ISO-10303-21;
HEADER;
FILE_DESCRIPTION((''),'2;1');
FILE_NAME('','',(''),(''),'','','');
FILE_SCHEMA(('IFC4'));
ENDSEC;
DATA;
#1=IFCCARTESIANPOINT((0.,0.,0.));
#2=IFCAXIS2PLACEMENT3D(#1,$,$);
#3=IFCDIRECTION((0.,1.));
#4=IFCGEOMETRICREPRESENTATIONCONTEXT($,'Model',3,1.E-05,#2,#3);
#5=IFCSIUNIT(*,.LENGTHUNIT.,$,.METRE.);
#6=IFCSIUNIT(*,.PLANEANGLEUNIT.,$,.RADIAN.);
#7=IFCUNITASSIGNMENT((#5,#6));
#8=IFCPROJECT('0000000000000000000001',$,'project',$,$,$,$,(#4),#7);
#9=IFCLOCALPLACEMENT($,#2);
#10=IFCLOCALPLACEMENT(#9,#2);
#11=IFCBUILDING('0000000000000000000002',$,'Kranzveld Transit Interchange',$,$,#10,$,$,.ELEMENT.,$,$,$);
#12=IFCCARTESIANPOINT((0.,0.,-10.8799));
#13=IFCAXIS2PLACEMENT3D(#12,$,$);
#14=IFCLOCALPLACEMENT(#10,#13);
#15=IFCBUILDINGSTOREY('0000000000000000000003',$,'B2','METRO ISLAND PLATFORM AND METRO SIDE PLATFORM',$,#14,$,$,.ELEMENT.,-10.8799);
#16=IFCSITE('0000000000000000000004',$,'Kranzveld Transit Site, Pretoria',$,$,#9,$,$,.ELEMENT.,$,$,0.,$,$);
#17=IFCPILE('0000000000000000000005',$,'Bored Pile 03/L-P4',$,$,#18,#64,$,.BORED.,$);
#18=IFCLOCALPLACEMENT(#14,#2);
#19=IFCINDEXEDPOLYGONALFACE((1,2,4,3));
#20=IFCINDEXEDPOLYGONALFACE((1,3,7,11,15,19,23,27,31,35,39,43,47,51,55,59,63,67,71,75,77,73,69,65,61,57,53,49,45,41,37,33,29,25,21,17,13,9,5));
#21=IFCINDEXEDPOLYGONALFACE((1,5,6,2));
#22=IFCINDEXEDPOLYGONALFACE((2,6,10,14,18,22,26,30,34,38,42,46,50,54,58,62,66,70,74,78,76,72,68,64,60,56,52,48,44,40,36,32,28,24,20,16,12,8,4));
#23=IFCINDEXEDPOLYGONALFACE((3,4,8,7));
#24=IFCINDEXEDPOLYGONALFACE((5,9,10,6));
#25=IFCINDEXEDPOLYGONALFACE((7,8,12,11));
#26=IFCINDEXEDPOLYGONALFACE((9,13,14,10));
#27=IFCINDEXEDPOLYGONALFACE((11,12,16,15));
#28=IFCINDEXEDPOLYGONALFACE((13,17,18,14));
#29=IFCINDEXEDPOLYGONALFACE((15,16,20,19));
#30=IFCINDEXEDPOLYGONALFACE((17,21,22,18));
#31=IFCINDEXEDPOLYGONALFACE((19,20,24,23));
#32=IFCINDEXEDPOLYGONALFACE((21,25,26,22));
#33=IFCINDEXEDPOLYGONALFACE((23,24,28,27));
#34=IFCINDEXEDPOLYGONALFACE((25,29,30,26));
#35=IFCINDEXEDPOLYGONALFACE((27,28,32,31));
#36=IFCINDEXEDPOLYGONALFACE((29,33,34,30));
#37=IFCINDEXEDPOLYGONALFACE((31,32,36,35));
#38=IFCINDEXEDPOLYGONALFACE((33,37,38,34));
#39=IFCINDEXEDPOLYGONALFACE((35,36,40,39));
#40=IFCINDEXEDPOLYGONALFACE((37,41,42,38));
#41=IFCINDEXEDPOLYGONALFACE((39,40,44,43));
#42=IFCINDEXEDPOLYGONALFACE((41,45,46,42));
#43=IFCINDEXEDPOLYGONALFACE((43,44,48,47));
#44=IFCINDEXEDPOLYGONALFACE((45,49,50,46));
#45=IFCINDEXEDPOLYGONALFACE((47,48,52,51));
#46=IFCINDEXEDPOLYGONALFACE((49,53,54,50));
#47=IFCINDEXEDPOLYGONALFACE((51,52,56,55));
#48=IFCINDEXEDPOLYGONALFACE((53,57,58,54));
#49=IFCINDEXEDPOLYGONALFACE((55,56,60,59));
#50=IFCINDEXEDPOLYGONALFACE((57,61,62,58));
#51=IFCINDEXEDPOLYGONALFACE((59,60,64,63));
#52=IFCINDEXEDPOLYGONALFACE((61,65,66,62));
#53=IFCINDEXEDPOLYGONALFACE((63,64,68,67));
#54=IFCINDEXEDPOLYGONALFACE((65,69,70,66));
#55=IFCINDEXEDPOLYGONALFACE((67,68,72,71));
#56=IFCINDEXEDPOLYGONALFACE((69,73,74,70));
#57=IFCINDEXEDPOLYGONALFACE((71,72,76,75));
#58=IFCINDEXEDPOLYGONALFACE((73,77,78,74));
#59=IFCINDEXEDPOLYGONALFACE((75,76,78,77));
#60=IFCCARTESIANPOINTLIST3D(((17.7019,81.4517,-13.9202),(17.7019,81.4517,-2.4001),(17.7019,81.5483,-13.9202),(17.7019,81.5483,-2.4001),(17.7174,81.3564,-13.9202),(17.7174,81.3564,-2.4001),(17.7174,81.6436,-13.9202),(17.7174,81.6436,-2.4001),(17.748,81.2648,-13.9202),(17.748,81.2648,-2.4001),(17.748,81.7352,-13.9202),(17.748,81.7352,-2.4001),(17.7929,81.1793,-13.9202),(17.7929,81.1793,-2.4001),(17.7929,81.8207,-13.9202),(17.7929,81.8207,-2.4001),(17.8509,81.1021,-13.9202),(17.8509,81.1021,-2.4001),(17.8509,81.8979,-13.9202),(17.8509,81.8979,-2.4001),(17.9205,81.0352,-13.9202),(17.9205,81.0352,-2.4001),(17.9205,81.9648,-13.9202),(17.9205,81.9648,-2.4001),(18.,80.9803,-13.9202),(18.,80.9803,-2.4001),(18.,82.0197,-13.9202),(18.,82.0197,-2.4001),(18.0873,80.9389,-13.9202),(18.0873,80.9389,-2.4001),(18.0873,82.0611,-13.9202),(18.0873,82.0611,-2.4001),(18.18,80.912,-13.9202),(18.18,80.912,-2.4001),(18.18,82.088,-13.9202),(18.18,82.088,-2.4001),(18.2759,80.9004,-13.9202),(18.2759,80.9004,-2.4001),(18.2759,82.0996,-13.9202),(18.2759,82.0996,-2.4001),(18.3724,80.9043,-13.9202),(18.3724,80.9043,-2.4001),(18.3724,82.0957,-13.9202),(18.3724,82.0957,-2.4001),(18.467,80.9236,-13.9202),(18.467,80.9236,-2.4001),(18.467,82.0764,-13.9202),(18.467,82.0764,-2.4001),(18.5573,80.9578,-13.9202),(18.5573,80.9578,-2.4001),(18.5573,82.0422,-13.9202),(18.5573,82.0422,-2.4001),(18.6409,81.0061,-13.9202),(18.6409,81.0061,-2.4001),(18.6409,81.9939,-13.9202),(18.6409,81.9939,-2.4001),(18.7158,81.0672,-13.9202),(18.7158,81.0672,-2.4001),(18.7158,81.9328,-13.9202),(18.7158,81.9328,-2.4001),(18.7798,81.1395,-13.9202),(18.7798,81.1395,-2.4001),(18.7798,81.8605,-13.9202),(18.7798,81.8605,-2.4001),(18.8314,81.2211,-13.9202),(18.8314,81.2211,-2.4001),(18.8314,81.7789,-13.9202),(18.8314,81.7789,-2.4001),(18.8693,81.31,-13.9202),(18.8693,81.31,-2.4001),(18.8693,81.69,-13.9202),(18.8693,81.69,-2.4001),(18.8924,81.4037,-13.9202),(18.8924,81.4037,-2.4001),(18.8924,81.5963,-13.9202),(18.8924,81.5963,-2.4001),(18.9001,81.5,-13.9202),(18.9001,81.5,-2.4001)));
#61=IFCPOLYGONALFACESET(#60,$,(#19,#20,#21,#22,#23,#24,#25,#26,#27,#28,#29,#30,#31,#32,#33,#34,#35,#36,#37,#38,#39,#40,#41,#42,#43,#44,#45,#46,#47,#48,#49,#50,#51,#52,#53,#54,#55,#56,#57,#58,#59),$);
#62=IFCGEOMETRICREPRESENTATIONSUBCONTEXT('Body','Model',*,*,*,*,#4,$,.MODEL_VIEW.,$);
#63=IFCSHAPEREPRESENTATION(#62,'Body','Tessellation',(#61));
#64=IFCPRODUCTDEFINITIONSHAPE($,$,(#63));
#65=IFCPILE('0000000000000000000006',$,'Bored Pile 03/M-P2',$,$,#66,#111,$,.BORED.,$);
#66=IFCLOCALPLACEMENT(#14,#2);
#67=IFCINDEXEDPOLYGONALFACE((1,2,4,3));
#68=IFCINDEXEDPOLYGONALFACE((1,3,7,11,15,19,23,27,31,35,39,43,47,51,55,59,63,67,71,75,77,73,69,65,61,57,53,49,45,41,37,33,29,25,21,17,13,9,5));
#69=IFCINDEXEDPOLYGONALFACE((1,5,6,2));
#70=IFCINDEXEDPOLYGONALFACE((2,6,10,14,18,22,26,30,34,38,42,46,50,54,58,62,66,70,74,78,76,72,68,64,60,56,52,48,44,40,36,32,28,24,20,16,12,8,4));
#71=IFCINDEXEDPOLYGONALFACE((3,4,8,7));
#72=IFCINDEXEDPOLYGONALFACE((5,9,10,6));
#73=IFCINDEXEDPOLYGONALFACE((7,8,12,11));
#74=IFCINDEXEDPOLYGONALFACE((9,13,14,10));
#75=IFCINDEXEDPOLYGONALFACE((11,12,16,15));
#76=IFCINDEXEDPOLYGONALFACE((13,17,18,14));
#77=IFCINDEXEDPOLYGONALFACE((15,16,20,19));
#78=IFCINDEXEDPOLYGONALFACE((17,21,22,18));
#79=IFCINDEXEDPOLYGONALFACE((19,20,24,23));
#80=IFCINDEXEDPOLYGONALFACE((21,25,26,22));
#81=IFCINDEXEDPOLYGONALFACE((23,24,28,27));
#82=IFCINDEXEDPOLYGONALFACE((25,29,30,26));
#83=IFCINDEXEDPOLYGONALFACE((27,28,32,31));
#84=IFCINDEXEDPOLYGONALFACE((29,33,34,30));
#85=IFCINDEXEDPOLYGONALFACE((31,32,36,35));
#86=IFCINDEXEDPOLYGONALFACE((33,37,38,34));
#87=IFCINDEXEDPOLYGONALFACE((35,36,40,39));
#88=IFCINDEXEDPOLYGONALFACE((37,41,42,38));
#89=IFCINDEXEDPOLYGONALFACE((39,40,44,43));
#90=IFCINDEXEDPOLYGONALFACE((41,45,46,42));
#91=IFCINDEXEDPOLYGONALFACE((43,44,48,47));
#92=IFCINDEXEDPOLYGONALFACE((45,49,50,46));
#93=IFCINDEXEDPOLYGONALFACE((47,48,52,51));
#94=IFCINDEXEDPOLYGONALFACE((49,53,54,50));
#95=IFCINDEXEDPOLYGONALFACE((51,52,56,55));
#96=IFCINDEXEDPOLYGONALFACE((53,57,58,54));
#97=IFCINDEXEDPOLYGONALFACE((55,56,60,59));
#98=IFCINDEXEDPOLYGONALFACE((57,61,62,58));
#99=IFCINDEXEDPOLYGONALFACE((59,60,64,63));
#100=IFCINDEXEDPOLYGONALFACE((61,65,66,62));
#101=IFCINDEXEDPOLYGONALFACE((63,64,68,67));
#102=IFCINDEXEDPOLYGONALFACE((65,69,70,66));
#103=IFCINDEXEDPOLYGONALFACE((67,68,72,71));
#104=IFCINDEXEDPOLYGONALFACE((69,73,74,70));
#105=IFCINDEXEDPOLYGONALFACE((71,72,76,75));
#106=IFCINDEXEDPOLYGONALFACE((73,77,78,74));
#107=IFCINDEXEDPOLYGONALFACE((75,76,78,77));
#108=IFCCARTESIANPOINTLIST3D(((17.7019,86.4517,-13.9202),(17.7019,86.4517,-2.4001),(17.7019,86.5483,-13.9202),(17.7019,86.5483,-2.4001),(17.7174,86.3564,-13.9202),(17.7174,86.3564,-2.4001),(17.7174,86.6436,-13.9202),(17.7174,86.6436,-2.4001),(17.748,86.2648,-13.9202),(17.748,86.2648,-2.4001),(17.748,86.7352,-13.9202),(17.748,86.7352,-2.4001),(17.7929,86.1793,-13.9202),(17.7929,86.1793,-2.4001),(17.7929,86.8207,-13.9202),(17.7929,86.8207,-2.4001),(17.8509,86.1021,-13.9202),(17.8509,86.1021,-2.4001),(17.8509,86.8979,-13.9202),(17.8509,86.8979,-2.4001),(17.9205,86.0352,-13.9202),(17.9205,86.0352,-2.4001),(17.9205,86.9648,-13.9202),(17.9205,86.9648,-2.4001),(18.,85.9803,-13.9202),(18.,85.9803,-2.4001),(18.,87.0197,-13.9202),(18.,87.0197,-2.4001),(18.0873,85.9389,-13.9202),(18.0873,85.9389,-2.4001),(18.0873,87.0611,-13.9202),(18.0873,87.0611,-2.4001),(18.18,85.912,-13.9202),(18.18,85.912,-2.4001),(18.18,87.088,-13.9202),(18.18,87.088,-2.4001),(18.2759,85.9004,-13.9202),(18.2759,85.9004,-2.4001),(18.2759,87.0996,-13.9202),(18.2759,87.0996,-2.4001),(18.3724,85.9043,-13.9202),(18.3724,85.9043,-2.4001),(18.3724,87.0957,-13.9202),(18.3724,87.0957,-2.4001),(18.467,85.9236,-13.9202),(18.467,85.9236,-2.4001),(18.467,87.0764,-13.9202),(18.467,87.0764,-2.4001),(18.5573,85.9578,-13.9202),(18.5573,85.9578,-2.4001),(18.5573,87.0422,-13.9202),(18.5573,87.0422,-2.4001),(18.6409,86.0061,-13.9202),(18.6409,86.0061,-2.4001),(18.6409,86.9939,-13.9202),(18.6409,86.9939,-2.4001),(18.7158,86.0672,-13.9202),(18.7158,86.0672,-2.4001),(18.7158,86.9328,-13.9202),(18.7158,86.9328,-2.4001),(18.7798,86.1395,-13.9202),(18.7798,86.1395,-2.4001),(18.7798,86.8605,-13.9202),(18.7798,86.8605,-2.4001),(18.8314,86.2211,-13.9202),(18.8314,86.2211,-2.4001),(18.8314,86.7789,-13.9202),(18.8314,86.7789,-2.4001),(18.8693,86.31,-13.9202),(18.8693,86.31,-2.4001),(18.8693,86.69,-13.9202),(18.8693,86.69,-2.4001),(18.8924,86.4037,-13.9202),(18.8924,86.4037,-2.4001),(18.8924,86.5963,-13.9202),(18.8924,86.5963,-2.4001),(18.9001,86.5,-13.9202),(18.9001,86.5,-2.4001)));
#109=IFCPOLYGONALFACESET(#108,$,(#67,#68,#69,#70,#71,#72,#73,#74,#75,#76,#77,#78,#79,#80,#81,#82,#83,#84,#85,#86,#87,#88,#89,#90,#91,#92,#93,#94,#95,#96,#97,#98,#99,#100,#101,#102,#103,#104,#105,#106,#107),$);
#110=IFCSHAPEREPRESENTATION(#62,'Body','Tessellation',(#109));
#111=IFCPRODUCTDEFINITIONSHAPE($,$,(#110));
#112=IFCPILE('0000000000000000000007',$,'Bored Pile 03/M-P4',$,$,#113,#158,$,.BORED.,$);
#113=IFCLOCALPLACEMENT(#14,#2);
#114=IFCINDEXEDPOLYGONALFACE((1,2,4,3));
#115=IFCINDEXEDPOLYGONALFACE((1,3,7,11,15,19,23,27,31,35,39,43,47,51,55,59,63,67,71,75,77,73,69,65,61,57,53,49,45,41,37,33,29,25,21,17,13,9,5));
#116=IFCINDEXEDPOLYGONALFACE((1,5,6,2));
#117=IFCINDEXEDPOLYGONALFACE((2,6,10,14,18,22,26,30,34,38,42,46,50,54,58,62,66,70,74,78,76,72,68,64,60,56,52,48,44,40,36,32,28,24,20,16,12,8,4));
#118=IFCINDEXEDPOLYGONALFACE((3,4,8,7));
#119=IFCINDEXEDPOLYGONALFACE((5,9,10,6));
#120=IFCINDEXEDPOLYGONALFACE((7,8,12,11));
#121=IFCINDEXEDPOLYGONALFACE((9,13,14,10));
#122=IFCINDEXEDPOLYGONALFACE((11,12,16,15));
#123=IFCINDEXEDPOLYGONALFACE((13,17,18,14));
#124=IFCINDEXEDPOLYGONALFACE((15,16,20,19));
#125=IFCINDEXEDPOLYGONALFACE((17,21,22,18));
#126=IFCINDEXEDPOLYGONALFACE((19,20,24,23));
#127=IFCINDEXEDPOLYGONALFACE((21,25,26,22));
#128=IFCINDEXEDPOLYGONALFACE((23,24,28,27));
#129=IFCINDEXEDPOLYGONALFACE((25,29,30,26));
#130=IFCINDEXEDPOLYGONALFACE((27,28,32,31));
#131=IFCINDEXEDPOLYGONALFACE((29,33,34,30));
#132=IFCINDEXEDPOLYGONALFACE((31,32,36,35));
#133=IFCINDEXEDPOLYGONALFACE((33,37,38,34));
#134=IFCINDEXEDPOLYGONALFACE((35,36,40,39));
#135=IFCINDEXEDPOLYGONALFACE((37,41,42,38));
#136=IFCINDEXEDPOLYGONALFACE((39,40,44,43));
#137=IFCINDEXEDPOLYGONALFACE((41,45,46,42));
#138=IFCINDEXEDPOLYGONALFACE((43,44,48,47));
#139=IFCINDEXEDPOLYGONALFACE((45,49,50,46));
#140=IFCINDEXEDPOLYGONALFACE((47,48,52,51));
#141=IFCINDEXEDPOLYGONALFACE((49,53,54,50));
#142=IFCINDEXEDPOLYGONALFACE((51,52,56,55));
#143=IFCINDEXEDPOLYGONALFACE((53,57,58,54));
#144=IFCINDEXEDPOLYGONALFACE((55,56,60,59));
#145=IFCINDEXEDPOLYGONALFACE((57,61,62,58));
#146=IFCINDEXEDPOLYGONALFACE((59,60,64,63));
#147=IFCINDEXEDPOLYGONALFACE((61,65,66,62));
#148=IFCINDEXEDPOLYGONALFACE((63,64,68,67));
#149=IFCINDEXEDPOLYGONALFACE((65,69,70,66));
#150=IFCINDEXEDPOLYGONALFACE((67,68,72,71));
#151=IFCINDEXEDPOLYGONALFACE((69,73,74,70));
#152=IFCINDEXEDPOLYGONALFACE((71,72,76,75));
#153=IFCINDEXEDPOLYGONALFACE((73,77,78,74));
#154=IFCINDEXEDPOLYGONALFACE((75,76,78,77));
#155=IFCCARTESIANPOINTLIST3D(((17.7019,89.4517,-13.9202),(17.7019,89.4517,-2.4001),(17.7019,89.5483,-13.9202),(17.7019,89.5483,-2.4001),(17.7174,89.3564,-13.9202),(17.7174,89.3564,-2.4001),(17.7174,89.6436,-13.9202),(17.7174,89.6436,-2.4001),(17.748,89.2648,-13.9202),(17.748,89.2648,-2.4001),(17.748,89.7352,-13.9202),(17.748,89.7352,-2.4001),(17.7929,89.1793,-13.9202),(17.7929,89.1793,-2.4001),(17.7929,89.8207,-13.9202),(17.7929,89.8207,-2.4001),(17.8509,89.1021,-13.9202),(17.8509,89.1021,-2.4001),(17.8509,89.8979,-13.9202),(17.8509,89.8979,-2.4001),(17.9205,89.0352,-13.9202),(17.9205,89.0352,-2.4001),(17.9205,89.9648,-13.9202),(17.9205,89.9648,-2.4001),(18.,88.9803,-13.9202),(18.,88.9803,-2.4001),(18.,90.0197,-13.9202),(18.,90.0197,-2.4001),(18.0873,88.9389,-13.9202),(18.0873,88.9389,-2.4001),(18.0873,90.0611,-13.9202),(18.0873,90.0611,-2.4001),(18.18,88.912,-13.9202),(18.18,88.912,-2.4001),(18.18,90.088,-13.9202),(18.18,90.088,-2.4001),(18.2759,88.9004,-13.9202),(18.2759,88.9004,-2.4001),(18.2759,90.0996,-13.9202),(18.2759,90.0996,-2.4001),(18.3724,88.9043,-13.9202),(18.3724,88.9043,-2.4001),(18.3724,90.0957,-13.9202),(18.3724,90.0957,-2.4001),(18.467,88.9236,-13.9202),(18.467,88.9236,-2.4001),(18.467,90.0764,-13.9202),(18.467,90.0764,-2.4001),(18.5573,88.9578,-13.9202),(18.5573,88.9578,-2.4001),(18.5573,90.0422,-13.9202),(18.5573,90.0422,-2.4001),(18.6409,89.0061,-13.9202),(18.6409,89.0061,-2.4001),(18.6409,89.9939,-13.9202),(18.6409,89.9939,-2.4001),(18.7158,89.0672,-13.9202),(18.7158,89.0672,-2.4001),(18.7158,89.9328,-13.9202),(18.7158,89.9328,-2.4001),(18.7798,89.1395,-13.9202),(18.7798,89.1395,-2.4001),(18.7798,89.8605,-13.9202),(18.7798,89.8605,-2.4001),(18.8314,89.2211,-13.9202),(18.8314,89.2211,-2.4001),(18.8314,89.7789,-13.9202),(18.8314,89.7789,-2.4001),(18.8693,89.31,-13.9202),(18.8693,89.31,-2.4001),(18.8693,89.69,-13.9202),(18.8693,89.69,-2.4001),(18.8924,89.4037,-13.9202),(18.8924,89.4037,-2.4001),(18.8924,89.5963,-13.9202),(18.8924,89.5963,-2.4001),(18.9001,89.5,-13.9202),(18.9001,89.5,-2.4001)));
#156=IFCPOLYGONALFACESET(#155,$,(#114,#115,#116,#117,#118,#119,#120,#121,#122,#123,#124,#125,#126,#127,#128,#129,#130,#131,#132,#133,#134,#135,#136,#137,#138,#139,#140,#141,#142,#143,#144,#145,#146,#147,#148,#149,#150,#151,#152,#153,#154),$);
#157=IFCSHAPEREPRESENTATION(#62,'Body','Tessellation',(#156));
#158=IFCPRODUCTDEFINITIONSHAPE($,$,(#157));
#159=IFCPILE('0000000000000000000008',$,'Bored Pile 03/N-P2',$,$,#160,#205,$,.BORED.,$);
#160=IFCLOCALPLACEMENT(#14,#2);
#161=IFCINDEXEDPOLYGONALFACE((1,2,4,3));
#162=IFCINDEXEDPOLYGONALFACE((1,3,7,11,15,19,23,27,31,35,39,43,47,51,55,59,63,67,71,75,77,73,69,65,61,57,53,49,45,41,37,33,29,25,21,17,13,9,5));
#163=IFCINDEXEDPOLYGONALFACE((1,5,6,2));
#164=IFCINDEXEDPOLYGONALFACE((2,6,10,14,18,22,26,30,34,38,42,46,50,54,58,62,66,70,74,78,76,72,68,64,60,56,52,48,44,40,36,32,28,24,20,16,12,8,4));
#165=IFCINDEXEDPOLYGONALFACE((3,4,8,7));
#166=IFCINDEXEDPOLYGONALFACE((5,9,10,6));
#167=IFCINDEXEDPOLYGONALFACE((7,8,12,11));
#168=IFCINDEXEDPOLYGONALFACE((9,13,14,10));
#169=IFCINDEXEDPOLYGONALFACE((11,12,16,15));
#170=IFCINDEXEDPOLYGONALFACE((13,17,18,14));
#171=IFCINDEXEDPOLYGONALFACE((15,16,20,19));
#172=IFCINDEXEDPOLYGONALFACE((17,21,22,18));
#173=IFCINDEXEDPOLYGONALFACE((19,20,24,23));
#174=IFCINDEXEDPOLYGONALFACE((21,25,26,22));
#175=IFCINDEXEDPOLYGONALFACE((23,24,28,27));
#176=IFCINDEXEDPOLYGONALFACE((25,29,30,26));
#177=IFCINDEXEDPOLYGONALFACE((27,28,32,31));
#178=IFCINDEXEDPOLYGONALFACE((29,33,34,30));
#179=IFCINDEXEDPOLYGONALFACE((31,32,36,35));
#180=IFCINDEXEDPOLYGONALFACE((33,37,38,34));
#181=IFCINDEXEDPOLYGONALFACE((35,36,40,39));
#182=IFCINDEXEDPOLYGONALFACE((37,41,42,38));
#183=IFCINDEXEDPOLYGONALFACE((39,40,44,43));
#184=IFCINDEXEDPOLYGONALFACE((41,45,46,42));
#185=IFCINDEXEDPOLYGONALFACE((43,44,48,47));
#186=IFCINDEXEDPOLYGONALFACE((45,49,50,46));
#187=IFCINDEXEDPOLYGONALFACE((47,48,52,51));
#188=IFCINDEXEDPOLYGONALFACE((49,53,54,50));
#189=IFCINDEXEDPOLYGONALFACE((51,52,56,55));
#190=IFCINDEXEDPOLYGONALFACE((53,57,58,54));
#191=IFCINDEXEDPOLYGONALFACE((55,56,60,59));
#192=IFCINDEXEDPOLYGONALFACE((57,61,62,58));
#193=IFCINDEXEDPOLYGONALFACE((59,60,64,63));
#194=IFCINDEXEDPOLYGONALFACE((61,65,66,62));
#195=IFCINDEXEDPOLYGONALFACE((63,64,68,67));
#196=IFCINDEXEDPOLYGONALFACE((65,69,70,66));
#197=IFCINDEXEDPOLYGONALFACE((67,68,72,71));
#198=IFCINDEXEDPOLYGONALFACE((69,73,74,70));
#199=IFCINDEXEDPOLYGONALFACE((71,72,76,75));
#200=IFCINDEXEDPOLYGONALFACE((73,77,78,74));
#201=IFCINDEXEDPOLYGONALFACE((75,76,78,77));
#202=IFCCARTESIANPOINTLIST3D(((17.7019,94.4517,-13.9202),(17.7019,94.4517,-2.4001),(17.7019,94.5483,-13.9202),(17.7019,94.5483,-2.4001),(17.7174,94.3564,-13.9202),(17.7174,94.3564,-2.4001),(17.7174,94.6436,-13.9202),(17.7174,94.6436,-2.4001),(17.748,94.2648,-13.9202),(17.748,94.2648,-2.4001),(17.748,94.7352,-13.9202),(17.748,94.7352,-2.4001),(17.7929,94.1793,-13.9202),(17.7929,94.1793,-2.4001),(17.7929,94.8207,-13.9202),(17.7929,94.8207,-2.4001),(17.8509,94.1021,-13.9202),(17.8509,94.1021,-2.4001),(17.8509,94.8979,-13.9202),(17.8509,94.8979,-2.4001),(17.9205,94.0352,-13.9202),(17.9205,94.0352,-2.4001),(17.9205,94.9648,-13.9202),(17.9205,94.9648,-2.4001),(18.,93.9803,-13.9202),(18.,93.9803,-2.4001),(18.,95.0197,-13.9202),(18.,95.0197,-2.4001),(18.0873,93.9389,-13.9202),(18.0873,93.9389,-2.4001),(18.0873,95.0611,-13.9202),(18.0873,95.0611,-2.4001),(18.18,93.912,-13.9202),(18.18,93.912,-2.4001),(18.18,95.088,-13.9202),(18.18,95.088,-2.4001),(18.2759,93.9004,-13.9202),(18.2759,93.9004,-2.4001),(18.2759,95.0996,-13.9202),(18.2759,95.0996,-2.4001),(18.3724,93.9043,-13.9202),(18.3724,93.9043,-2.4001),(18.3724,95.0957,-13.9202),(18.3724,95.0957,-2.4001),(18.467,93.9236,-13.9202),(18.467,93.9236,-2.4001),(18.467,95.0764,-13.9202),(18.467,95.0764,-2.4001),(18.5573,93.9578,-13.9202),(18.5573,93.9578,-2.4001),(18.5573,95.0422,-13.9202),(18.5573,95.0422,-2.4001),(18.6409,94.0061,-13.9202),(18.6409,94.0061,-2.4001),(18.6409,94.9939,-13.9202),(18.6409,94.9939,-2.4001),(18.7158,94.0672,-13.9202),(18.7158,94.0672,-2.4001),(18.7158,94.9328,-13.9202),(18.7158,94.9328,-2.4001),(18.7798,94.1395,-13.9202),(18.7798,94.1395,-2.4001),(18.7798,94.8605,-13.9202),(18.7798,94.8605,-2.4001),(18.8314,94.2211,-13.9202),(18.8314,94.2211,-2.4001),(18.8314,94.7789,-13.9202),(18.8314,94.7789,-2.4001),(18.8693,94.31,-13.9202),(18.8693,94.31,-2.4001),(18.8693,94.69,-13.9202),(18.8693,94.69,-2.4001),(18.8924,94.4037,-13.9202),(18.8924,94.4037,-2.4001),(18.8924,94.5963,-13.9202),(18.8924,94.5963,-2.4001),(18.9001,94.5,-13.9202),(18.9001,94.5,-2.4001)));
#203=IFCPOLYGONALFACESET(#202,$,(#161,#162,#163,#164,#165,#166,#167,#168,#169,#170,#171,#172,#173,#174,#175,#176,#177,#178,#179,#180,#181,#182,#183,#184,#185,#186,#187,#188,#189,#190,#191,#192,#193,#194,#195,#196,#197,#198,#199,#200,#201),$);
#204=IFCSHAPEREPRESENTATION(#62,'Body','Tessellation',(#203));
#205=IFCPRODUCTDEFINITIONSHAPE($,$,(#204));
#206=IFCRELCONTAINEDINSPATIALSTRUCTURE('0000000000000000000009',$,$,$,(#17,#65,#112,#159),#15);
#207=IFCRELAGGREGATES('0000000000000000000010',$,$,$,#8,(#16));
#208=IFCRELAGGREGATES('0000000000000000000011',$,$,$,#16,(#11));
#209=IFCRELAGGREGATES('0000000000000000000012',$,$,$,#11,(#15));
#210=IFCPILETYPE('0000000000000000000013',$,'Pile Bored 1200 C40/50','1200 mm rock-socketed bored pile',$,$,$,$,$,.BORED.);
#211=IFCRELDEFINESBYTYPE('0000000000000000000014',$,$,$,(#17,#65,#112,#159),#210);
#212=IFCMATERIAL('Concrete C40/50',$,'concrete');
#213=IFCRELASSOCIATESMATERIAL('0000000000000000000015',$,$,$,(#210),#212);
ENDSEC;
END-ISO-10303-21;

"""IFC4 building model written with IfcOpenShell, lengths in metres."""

from ifc_helpers import new_model, si_unit, direction, frame, origin, origin_2d, place, context, subcontext, project, spatial, circle, extrude, material, material_profile, profile_set, type_object, element, save


model = new_model("IFC4")

# Units and contexts
model_context = context("Model", 3, precision=1e-05, world=origin(), true_north=direction((0.0, 1.0)))
body_context = subcontext(model_context, "Body", "Model", "MODEL_VIEW")
ifc_project = project(units=[si_unit("LENGTHUNIT", "METRE"), si_unit("PLANEANGLEUNIT", "RADIAN")], contexts=[model_context])

# Site, building, storey
site_placement = place(None, origin())
site = spatial("IfcSite", under=ifc_project, at=site_placement, Name="Kranzveld Transit Site, Pretoria", CompositionType="ELEMENT", RefElevation=0.0)
building_placement = place(site_placement, origin())
building = spatial("IfcBuilding", under=site, at=building_placement, Name="Kranzveld Transit Interchange", CompositionType="ELEMENT")
storey_placement = place(building_placement, frame((0.0, 0.0, -10.8799)))
storey = spatial("IfcBuildingStorey", under=building, at=storey_placement, Name="B2", Description="METRO ISLAND PLATFORM AND METRO SIDE PLATFORM", CompositionType="ELEMENT", Elevation=-10.8799)

# Piles
ifc_material_1 = material(Name="Concrete C40/50", Category="concrete")
ifc_material_profile_1 = material_profile(ifc_material_1, circle(Radius=0.6001, at=origin_2d()), Name="BORED PILE 1200")
ifc_profile_set_1 = profile_set([ifc_material_profile_1], Name="Concrete C40/50")
pile_type = type_object("IfcPileType", Name="Pile Bored 1200 C40/50", Description="1200 mm rock-socketed bored pile", PredefinedType="BORED", material=ifc_profile_set_1)
for number, where, z_axis, x_axis, name in (
    (1, (18.3, 81.5, -2.4001), (0.0, 0.0, -1.0), (1.0, 0.0, 0.0), "Bored Pile 03/L-P4"),
    (2, (18.3, 86.5, -2.4001), (0.0, 0.0, -1.0), (1.0, 0.0, 0.0), "Bored Pile 03/M-P2"),
    (3, (18.3, 89.5, -2.4001), (0.0, 0.0, -1.0), (1.0, 0.0, 0.0), "Bored Pile 03/M-P4"),
    (4, (18.3, 94.5, -2.4001), (0.0, 0.0, -1.0), (1.0, 0.0, 0.0), "Bored Pile 03/N-P2"),
):
    element("IfcPile", number, at=place(storey_placement, frame(where, z_axis=z_axis, x_axis=x_axis)), inside=storey, type_object=pile_type, Name=name, PredefinedType="BORED", context=body_context, shape_type="SweptSolid", body=[
        extrude(circle(Radius=0.6001, at=origin_2d()), origin(), (0.0, 0.0, 1.0), 11.52),
    ])

save(model, "model.ifc")
